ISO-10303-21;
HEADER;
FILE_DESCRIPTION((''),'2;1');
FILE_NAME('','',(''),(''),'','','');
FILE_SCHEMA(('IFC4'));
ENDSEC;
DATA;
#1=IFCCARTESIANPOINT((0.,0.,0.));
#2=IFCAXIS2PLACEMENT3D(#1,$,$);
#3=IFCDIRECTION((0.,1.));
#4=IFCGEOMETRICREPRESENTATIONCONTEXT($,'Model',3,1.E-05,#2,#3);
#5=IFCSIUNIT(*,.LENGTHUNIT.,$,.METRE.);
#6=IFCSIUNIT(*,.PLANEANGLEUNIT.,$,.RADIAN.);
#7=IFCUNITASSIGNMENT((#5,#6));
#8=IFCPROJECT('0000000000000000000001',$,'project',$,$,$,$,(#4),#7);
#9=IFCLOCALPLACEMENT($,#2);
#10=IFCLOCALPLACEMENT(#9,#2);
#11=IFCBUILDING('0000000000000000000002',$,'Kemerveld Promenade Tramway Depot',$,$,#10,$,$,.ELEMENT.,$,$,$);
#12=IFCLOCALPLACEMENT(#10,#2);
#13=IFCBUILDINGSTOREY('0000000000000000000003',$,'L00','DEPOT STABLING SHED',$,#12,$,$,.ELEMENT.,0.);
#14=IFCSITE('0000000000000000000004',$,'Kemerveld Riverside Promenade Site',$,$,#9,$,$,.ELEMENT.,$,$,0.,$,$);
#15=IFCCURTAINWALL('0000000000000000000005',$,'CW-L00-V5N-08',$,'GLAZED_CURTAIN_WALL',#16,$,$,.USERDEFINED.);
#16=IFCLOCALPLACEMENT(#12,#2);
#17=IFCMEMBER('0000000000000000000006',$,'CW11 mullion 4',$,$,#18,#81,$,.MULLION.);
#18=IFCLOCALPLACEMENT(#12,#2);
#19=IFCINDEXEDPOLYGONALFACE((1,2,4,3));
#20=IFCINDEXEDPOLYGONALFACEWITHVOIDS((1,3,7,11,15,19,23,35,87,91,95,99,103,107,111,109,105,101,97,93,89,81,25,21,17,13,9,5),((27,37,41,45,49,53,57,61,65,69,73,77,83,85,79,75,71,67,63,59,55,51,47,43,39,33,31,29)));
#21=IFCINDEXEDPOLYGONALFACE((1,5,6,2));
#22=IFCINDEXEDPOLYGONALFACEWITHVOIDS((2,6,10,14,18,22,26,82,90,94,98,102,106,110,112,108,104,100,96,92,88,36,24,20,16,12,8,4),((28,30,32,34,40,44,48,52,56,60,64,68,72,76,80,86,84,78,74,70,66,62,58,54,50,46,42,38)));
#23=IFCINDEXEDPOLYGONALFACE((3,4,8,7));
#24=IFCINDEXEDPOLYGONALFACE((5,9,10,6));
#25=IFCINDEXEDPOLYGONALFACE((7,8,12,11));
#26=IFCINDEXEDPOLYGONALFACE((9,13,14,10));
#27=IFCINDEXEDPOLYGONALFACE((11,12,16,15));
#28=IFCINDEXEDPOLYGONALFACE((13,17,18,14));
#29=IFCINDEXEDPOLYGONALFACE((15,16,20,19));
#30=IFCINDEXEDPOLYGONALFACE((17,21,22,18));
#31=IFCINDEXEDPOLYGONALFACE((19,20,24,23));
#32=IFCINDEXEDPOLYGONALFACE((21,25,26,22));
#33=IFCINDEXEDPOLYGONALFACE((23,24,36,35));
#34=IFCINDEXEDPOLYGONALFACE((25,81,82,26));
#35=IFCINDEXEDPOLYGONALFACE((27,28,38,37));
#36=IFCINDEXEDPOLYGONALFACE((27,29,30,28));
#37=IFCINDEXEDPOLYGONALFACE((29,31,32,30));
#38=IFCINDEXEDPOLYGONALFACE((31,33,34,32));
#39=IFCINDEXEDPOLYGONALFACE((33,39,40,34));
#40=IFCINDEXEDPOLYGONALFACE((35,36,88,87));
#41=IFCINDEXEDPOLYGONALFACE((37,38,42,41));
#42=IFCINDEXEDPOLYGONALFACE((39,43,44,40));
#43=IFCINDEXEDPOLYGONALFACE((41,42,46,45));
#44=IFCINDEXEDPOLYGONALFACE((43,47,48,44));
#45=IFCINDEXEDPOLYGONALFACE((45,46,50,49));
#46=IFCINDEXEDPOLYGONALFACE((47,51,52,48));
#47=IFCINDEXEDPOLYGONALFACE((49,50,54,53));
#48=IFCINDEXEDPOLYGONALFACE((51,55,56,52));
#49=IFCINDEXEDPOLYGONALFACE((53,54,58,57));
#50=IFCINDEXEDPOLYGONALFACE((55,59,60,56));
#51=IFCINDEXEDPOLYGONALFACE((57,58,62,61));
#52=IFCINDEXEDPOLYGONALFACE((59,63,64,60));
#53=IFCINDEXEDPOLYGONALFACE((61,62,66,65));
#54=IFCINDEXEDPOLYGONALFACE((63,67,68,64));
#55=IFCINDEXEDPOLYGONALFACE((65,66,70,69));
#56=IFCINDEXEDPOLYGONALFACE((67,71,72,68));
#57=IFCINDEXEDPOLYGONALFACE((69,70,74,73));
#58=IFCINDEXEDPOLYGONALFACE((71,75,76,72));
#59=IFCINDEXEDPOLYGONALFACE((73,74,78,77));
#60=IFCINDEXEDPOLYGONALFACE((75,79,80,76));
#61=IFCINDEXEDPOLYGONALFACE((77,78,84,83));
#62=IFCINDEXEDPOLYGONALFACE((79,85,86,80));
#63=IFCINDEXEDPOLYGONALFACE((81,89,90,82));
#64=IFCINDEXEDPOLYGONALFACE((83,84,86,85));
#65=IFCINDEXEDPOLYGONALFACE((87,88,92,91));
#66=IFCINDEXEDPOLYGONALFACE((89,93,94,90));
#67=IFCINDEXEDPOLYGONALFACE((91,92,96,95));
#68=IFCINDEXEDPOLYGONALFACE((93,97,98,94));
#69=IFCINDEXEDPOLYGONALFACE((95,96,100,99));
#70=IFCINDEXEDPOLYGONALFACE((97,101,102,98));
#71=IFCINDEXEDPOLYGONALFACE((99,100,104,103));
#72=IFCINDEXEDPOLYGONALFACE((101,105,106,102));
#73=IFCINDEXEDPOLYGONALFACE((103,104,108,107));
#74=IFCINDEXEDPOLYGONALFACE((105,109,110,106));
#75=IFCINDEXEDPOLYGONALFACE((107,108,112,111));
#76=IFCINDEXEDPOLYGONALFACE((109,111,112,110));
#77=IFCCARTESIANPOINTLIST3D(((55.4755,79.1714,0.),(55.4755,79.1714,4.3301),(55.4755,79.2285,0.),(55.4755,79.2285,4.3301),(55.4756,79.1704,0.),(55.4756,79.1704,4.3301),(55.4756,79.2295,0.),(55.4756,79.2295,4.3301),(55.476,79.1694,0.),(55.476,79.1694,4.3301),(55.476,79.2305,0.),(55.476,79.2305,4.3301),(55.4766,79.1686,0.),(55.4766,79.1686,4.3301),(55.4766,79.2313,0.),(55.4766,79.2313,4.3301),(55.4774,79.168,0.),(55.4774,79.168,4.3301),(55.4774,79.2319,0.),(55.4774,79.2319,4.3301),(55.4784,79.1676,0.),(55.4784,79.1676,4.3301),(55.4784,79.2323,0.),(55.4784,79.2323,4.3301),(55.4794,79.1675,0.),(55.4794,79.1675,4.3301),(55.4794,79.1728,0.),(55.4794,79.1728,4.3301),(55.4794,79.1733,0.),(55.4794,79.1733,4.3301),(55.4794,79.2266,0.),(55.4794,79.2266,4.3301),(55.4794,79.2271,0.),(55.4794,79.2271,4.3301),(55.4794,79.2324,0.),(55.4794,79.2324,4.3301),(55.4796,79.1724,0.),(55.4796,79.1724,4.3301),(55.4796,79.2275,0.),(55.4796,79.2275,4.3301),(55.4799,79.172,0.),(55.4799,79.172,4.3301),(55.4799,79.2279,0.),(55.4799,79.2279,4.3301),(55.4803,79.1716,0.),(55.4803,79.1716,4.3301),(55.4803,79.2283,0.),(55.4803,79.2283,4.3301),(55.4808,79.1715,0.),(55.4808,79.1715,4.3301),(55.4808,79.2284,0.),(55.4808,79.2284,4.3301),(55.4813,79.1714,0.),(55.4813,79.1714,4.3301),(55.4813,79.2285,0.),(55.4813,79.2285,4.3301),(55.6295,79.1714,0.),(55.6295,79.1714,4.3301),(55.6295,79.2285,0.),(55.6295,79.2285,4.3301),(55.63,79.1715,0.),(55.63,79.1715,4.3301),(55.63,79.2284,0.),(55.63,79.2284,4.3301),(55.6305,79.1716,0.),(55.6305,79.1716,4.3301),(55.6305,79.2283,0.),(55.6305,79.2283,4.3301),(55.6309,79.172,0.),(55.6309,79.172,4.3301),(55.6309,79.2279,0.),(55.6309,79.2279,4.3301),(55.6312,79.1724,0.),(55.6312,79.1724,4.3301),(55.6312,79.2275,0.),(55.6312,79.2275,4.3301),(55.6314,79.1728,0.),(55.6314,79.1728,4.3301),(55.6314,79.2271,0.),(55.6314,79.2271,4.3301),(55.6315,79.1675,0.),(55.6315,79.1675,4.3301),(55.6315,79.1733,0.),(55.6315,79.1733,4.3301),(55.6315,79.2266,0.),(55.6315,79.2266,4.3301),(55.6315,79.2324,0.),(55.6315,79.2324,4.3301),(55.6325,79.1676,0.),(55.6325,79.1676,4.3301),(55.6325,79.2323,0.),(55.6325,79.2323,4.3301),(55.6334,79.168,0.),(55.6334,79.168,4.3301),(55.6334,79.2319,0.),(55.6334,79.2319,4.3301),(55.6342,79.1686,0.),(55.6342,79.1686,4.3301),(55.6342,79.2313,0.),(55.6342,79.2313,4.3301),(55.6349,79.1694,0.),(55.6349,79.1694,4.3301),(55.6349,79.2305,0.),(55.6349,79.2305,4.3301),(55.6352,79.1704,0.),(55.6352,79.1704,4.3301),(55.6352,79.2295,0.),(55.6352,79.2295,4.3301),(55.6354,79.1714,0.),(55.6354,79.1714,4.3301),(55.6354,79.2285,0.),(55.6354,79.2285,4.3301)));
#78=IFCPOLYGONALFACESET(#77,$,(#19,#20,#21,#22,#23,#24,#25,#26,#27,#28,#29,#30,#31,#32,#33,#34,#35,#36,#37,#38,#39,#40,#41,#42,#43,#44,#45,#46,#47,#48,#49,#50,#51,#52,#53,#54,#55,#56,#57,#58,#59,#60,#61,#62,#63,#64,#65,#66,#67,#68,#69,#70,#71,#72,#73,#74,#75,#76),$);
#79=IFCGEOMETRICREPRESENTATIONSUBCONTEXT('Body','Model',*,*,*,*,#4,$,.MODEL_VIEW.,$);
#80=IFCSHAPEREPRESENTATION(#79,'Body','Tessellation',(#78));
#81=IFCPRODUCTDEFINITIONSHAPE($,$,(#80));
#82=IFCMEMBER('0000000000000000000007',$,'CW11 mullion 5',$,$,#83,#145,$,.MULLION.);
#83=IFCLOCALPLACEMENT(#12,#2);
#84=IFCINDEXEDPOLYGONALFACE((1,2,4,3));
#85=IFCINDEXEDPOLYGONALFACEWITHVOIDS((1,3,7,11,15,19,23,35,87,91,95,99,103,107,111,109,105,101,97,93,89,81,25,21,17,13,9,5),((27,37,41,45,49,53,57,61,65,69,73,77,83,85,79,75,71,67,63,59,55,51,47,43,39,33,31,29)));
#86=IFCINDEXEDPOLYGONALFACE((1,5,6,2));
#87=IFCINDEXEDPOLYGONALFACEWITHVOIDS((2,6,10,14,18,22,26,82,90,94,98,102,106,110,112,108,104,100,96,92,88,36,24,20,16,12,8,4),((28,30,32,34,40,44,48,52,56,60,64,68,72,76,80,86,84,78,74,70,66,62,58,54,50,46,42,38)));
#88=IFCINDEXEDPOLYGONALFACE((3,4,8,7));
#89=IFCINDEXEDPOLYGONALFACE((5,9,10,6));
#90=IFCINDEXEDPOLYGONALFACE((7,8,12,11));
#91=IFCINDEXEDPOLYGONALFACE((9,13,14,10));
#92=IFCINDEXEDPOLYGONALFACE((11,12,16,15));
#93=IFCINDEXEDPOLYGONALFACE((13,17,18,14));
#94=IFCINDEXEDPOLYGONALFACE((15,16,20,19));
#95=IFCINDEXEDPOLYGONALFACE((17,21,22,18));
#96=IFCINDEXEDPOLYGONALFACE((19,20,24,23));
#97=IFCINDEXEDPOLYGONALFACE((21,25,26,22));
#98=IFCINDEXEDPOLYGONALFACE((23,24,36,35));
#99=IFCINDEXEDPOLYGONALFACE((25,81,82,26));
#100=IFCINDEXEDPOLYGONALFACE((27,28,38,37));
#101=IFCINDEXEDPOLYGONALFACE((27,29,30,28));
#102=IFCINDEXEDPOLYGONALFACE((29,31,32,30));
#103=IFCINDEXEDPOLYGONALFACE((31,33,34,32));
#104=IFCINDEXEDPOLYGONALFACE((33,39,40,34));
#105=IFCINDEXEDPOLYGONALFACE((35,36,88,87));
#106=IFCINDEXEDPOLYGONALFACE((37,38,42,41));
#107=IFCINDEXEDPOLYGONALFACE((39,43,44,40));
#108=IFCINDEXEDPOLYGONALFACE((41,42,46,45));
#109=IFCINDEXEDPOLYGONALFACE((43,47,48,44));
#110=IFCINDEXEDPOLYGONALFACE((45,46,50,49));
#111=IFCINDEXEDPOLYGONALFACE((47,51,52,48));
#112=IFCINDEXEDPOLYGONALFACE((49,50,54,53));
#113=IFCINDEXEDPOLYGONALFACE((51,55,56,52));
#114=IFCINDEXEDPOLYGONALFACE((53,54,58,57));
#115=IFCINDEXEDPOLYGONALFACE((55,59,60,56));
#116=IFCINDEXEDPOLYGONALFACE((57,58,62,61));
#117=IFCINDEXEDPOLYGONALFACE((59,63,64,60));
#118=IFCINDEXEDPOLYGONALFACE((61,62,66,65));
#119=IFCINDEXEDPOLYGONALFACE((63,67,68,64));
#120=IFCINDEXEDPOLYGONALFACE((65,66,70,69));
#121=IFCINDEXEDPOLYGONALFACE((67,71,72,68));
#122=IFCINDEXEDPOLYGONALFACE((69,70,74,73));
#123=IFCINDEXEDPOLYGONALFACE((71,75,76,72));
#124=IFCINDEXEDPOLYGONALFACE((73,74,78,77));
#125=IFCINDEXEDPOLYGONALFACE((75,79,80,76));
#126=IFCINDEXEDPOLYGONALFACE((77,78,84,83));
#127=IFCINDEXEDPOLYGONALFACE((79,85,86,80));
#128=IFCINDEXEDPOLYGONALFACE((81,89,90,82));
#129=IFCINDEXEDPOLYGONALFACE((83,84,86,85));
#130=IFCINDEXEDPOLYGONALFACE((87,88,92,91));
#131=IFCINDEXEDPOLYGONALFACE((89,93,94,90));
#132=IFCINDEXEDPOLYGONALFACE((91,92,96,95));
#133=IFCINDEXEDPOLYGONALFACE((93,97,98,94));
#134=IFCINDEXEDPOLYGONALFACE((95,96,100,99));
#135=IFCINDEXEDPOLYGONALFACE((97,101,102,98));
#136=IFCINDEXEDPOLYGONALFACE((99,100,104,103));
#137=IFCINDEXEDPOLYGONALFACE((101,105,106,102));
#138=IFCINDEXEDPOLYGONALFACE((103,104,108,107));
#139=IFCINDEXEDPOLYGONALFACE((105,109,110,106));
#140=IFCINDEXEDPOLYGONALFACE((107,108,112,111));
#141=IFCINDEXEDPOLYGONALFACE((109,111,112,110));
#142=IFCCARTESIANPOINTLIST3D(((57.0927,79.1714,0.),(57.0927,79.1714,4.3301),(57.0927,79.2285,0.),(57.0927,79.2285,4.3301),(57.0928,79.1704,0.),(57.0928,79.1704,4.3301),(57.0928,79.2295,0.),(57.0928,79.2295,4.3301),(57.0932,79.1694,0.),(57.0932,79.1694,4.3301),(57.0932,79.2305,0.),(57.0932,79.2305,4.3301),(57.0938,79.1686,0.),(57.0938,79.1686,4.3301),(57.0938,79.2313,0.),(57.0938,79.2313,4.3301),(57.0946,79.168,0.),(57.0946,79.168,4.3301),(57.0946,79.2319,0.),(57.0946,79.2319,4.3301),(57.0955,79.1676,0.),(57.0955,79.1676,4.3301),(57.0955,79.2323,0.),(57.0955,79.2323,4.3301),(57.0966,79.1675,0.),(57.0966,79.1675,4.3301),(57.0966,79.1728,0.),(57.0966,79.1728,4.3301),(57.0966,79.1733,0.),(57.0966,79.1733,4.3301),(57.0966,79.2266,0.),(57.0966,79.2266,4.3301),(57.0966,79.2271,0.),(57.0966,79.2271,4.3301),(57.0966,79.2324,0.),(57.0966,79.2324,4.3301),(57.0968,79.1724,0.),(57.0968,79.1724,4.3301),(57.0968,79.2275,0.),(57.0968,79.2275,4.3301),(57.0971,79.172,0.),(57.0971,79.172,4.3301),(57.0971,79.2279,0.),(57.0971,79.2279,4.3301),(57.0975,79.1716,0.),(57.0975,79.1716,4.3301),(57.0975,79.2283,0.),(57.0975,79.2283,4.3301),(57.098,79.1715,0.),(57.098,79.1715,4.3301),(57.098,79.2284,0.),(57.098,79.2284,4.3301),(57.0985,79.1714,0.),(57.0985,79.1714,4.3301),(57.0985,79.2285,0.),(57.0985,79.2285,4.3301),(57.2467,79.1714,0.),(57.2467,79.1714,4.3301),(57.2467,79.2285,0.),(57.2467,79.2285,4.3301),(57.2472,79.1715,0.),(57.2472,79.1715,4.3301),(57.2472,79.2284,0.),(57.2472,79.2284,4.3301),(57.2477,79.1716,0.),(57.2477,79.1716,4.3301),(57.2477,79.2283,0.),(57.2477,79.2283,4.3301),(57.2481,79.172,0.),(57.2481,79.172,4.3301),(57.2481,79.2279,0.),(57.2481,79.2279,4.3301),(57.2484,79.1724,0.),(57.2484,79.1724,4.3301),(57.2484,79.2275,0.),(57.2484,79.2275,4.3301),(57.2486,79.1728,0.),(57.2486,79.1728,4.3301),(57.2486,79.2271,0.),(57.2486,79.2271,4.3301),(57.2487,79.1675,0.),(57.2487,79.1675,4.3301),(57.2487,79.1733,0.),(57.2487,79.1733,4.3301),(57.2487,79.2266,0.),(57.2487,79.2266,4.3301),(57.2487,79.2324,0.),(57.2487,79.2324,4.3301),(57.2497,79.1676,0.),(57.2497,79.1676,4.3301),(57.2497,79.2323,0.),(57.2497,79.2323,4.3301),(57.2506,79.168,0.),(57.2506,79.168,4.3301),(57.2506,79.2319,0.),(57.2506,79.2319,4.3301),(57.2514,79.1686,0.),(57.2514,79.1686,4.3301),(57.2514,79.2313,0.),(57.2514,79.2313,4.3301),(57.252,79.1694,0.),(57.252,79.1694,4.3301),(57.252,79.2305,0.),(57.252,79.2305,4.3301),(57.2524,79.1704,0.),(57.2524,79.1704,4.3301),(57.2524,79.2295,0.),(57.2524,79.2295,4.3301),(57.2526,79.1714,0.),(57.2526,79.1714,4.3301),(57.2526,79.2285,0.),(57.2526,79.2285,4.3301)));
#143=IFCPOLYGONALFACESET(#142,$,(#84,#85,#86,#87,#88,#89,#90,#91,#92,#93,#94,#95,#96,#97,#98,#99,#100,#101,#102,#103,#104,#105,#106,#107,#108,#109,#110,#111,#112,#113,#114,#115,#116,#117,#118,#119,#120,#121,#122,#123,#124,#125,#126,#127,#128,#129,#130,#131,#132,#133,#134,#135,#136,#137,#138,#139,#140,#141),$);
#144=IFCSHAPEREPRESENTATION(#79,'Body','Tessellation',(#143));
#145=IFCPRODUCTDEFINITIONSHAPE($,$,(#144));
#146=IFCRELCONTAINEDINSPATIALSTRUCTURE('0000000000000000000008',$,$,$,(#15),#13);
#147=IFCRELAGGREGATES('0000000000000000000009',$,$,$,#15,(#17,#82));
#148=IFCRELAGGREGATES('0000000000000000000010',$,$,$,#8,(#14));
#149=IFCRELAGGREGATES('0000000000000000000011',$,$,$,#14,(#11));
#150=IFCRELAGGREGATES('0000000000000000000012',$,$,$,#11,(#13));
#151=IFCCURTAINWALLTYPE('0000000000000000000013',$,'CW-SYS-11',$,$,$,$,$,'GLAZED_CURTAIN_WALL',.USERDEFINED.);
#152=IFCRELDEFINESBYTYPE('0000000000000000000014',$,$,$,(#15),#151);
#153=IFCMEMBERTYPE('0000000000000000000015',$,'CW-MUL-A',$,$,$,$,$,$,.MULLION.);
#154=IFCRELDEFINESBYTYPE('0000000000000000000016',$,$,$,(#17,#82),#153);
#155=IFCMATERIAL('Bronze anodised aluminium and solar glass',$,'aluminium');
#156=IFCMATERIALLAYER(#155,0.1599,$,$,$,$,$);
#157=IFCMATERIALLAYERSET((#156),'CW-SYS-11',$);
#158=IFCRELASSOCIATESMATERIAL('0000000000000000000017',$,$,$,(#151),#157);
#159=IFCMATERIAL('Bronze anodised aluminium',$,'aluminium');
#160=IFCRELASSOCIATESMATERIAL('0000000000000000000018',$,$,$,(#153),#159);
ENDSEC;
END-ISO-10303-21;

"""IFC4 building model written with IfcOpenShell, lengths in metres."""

from ifc_helpers import new_model, si_unit, direction, frame, origin, origin_2d, place, context, subcontext, project, spatial, hollow_rectangle, extrude, material, layer, layer_set, material_profile, profile_set, type_object, element, aggregate, save


model = new_model("IFC4")

# Units and contexts
model_context = context("Model", 3, precision=1e-05, world=origin(), true_north=direction((0.0, 1.0)))
body_context = subcontext(model_context, "Body", "Model", "MODEL_VIEW")
ifc_project = project(units=[si_unit("LENGTHUNIT", "METRE"), si_unit("PLANEANGLEUNIT", "RADIAN")], contexts=[model_context])

# Site, building, storey
site_placement = place(None, origin())
site = spatial("IfcSite", under=ifc_project, at=site_placement, Name="Kemerveld Riverside Promenade Site", CompositionType="ELEMENT", RefElevation=0.0)
building_placement = place(site_placement, origin())
building = spatial("IfcBuilding", under=site, at=building_placement, Name="Kemerveld Promenade Tramway Depot", CompositionType="ELEMENT")
storey_placement = place(building_placement, origin())
storey = spatial("IfcBuildingStorey", under=building, at=storey_placement, Name="L00", Description="DEPOT STABLING SHED", CompositionType="ELEMENT", Elevation=0.0)

# Curtain wall, members
ifc_material_1 = material(Name="Bronze anodised aluminium and solar glass", Category="aluminium")
ifc_layer_1 = layer(ifc_material_1, 0.1599)
ifc_layer_set_1 = layer_set([ifc_layer_1], Name="CW-SYS-11")
curtain_wall_type = type_object("IfcCurtainWallType", Name="CW-SYS-11", ElementType="GLAZED_CURTAIN_WALL", PredefinedType="USERDEFINED", material=ifc_layer_set_1)
curtain_wall_placement = place(storey_placement, origin())
curtain_wall = element("IfcCurtainWall", 1, at=curtain_wall_placement, inside=storey, type_object=curtain_wall_type, Name="CW-L00-V5N-08", ObjectType="GLAZED_CURTAIN_WALL", PredefinedType="USERDEFINED")
ifc_material_2 = material(Name="Bronze anodised aluminium", Category="aluminium")
ifc_material_profile_1 = material_profile(ifc_material_2, hollow_rectangle(XDim=0.0649, YDim=0.1599, WallThickness=0.0039, InnerFilletRadius=0.002, OuterFilletRadius=0.0039, at=origin_2d()), Name="CW-MUL-160x65")
ifc_profile_set_1 = profile_set([ifc_material_profile_1], Name="Bronze anodised aluminium")
member_type_1 = type_object("IfcMemberType", Name="CW-MUL-A", PredefinedType="MULLION", material=ifc_profile_set_1)
member_1_placement = place(storey_placement, frame((55.5554, 79.2, 0.0), z_axis=(0.0, 0.0, 1.0), x_axis=(0.0, 1.0, 0.0)))
member_1 = element("IfcMember", 2, at=member_1_placement, type_object=member_type_1, Name="CW11 mullion 4", PredefinedType="MULLION", context=body_context, shape_type="SweptSolid", body=[
    extrude(hollow_rectangle(XDim=0.0649, YDim=0.1599, WallThickness=0.0039, InnerFilletRadius=0.002, OuterFilletRadius=0.0039, at=origin_2d()), origin(), (0.0, 0.0, 1.0), 4.3301),
])
member_2_placement = place(storey_placement, frame((57.1726, 79.2, 0.0), z_axis=(0.0, 0.0, 1.0), x_axis=(0.0, 1.0, 0.0)))
member_2 = element("IfcMember", 3, at=member_2_placement, type_object=member_type_1, Name="CW11 mullion 5", PredefinedType="MULLION", context=body_context, shape_type="SweptSolid", body=[
    extrude(hollow_rectangle(XDim=0.0649, YDim=0.1599, WallThickness=0.0039, InnerFilletRadius=0.002, OuterFilletRadius=0.0039, at=origin_2d()), origin(), (0.0, 0.0, 1.0), 4.3301),
])
aggregate(curtain_wall, [member_1, member_2])

save(model, "model.ifc")
